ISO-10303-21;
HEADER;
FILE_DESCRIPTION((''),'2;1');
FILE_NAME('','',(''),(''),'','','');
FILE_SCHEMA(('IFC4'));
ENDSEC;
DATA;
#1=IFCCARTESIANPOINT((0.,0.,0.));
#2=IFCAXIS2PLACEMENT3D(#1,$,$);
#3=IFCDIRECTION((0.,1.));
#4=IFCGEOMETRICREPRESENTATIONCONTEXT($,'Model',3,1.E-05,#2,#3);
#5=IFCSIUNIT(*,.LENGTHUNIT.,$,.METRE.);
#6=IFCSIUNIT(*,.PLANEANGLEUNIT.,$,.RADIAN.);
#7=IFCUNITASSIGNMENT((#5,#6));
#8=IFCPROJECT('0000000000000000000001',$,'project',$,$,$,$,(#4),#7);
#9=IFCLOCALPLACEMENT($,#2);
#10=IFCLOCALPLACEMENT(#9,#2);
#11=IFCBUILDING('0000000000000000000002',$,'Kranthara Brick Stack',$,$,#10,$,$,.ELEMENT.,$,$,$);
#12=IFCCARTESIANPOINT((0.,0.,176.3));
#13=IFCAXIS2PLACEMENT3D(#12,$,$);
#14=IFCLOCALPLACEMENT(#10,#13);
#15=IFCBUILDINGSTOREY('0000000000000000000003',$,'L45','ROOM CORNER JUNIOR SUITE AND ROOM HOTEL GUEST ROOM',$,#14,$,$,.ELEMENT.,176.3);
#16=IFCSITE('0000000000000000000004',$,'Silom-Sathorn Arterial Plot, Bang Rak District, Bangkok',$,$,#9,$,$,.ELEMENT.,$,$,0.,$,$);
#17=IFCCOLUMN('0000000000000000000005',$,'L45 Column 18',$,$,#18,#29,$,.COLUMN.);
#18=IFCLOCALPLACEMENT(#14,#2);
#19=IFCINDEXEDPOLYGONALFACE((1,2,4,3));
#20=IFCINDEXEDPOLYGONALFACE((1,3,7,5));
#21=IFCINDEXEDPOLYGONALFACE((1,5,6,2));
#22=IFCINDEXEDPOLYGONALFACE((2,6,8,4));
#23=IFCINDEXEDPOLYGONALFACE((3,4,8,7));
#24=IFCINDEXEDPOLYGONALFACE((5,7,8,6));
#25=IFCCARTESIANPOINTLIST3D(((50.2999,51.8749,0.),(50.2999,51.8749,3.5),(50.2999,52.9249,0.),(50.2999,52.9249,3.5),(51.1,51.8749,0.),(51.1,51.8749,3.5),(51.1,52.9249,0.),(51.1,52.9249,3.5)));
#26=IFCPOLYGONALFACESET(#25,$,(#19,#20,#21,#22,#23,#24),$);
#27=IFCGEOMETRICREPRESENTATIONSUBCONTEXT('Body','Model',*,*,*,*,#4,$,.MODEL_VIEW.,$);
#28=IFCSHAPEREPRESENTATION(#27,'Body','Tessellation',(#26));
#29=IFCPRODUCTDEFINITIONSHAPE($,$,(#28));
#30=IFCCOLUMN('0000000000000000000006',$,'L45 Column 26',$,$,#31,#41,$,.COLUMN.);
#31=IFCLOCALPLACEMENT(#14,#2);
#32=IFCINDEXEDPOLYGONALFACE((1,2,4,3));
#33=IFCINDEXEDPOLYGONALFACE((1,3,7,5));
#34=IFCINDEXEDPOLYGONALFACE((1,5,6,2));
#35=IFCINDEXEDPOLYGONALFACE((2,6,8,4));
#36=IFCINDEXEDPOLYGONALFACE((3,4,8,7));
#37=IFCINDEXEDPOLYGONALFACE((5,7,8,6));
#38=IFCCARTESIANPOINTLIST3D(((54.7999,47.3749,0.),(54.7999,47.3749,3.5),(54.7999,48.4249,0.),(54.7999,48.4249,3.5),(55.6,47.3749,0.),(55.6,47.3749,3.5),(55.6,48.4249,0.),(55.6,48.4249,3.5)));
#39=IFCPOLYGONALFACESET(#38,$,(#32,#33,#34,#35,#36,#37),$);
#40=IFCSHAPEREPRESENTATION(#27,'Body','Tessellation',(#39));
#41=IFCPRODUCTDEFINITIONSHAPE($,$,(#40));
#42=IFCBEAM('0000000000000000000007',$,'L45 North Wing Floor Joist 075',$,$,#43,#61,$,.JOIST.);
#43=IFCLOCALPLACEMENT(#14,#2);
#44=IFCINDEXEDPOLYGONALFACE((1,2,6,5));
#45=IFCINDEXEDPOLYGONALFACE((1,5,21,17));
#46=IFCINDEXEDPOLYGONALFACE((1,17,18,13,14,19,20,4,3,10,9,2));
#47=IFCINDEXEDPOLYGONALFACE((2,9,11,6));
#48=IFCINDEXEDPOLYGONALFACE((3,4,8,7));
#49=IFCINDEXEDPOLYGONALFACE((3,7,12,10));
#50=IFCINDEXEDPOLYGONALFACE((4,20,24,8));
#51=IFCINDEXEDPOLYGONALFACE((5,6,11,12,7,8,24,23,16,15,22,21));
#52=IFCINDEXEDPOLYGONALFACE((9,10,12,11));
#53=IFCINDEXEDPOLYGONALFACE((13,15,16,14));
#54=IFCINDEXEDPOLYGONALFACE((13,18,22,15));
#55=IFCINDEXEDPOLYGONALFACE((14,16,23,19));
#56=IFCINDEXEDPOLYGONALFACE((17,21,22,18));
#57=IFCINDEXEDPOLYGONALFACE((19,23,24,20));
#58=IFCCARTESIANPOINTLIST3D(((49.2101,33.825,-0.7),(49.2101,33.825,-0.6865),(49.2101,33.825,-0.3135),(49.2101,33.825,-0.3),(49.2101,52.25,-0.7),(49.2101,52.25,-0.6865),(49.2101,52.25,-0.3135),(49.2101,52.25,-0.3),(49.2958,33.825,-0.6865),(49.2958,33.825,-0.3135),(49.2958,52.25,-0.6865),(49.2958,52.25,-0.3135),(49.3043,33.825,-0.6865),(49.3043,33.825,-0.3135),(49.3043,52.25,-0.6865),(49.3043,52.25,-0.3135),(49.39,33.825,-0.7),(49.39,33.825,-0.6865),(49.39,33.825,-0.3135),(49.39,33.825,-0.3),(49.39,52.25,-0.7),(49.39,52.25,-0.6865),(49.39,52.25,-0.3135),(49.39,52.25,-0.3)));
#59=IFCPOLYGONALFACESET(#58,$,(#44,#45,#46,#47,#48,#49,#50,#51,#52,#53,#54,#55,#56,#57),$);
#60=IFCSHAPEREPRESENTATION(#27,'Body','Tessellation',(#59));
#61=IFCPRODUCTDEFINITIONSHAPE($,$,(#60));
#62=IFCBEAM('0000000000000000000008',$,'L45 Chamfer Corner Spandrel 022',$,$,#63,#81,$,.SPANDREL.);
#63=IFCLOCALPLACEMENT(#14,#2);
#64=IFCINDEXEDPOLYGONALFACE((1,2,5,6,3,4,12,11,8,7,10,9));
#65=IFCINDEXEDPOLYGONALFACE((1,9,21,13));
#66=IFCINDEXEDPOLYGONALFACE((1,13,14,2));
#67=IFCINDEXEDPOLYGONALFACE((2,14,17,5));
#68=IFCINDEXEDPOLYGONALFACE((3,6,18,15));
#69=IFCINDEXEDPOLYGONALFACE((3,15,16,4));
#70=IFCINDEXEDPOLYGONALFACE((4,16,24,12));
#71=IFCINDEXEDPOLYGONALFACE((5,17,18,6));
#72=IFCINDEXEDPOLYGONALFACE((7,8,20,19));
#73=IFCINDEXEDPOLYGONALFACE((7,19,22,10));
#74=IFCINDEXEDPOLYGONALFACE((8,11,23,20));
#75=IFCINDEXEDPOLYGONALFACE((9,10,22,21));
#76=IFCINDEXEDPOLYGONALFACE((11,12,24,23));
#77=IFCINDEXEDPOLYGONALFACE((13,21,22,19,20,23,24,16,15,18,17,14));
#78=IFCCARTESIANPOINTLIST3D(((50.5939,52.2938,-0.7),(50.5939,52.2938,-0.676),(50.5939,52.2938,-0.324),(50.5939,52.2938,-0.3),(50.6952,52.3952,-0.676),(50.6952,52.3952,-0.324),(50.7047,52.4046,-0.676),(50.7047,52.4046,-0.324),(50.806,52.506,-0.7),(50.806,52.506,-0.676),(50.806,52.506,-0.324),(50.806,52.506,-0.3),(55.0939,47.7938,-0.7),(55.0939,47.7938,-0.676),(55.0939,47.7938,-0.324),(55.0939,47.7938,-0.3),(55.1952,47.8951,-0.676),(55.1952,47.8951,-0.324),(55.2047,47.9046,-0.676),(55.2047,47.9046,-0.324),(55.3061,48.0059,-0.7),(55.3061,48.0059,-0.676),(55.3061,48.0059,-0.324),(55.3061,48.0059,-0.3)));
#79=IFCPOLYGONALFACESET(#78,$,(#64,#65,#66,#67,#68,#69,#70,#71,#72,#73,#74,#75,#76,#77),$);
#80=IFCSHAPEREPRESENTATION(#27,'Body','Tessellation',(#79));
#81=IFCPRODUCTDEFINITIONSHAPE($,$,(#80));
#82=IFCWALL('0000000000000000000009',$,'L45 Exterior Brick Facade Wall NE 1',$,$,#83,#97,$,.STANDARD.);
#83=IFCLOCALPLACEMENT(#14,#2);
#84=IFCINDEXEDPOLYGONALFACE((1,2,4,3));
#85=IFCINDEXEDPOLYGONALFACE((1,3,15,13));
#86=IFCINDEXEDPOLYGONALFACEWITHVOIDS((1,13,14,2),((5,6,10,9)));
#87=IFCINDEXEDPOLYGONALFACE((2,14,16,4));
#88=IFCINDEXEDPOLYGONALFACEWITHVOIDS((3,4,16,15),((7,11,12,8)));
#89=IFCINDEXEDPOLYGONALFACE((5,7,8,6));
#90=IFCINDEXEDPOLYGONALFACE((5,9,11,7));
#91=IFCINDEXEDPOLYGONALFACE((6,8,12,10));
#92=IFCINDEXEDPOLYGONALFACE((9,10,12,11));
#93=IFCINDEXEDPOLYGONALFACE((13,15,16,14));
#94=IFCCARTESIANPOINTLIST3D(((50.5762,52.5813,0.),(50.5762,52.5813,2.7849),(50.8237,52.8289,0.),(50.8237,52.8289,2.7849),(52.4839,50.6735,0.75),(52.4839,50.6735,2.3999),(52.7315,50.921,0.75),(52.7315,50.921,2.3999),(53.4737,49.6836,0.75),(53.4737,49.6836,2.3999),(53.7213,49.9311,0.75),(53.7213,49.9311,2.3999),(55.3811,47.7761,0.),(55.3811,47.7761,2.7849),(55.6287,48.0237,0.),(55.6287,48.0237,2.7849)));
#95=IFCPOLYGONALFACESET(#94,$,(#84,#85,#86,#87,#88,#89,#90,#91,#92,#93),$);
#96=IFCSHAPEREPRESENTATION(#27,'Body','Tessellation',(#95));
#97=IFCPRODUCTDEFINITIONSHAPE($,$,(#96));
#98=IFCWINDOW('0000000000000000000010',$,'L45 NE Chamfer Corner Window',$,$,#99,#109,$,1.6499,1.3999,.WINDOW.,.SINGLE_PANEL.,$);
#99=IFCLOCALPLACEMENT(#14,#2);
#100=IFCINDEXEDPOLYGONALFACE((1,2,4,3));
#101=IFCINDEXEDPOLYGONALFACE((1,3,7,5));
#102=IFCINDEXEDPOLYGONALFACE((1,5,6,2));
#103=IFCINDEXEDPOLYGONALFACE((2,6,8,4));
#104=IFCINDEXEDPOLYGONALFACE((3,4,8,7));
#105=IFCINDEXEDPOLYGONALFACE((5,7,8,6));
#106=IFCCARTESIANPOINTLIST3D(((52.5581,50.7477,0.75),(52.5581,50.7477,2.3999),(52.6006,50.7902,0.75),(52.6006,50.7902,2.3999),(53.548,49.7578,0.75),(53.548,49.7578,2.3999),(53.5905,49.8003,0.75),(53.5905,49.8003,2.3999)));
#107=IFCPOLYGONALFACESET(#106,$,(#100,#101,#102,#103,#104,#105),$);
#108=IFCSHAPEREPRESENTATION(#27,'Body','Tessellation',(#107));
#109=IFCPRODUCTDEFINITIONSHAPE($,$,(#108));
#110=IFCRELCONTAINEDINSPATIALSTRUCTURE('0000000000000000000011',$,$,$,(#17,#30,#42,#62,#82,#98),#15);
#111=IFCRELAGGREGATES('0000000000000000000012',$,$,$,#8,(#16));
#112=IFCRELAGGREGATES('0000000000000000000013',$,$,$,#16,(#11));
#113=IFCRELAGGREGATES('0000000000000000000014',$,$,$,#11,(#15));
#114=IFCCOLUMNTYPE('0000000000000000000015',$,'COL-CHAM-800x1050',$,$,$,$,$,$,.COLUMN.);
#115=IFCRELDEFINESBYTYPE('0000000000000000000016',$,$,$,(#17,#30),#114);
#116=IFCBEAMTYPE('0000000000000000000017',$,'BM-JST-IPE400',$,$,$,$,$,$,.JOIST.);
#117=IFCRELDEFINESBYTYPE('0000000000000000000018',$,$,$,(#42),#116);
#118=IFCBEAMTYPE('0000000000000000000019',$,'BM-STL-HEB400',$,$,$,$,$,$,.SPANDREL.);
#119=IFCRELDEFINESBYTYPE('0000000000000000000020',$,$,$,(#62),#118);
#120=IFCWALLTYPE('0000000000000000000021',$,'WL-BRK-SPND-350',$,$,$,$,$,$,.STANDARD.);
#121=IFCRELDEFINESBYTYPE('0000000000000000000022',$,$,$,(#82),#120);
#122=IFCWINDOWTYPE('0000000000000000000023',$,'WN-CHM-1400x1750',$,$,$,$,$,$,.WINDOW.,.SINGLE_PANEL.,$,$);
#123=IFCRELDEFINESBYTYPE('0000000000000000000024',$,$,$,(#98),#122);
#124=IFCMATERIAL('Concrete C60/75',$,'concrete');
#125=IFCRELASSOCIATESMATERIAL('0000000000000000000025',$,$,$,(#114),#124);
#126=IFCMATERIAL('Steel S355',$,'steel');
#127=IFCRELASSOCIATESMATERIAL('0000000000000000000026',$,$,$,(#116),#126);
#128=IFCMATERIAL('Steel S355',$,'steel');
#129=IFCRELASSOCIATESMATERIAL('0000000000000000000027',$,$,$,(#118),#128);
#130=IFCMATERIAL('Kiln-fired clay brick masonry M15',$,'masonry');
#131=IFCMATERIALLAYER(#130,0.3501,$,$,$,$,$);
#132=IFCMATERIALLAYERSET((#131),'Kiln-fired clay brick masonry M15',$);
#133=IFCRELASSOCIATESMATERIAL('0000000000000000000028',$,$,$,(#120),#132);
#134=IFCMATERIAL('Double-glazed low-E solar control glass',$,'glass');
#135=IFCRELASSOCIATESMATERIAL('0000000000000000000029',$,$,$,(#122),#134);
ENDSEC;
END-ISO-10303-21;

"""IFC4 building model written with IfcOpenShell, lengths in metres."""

from ifc_helpers import new_model, si_unit, direction, frame, frame_2d, origin, origin_2d, place, context, subcontext, project, spatial, rectangle, i_section, extrude, material, layer, layer_set, material_profile, profile_set, type_object, element, fill, save


model = new_model("IFC4")

# Units and contexts
model_context = context("Model", 3, precision=1e-05, world=origin(), true_north=direction((0.0, 1.0)))
body_context = subcontext(model_context, "Body", "Model", "MODEL_VIEW")
ifc_project = project(units=[si_unit("LENGTHUNIT", "METRE"), si_unit("PLANEANGLEUNIT", "RADIAN")], contexts=[model_context])

# Site, building, storey
site_placement = place(None, origin())
site = spatial("IfcSite", under=ifc_project, at=site_placement, Name="Silom-Sathorn Arterial Plot, Bang Rak District, Bangkok", CompositionType="ELEMENT", RefElevation=0.0)
building_placement = place(site_placement, origin())
building = spatial("IfcBuilding", under=site, at=building_placement, Name="Kranthara Brick Stack", CompositionType="ELEMENT")
storey_placement = place(building_placement, frame((0.0, 0.0, 176.3)))
storey = spatial("IfcBuildingStorey", under=building, at=storey_placement, Name="L45", Description="ROOM CORNER JUNIOR SUITE AND ROOM HOTEL GUEST ROOM", CompositionType="ELEMENT", Elevation=176.3)

# Columns
ifc_material_1 = material(Name="Concrete C60/75", Category="concrete")
ifc_material_profile_1 = material_profile(ifc_material_1, rectangle(XDim=0.8, YDim=1.05, at=origin_2d()), Name="RC 800x1050")
ifc_profile_set_1 = profile_set([ifc_material_profile_1], Name="Concrete C60/75")
column_type = type_object("IfcColumnType", Name="COL-CHAM-800x1050", PredefinedType="COLUMN", material=ifc_profile_set_1)
for number, where, z_axis, x_axis, name in (
    (1, (50.7, 52.3999, 0.0), (0.0, 0.0, 1.0), (1.0, 0.0, 0.0), "L45 Column 18"),
    (2, (55.2, 47.8999, 0.0), (0.0, 0.0, 1.0), (1.0, 0.0, 0.0), "L45 Column 26"),
):
    element("IfcColumn", number, at=place(storey_placement, frame(where, z_axis=z_axis, x_axis=x_axis)), inside=storey, type_object=column_type, Name=name, PredefinedType="COLUMN", context=body_context, shape_type="SweptSolid", body=[
        extrude(rectangle(XDim=0.8, YDim=1.05, at=origin_2d()), origin(), (0.0, 0.0, 1.0), 3.5),
    ])

# Beams
ifc_material_2 = material(Name="Steel S355", Category="steel")
ifc_material_profile_2 = material_profile(ifc_material_2, i_section(OverallWidth=0.1799, OverallDepth=0.3999, WebThickness=0.0085, FlangeThickness=0.0134, at=origin_2d()), Name="IPE 400")
ifc_profile_set_2 = profile_set([ifc_material_profile_2], Name="Steel S355")
beam_type_1 = type_object("IfcBeamType", Name="BM-JST-IPE400", PredefinedType="JOIST", material=ifc_profile_set_2)
beam_1_placement = place(storey_placement, frame((49.3, 33.825, -0.5), z_axis=(0.0, 1.0, 0.0), x_axis=(-1.0, 0.0, 0.0)))
element("IfcBeam", 3, at=beam_1_placement, inside=storey, type_object=beam_type_1, Name="L45 North Wing Floor Joist 075", PredefinedType="JOIST", context=body_context, shape_type="SweptSolid", body=[
    extrude(i_section(OverallWidth=0.1799, OverallDepth=0.3999, WebThickness=0.0085, FlangeThickness=0.0134, at=origin_2d()), origin(), (0.0, 0.0, 1.0), 18.425),
])
ifc_material_3 = material(Name="Steel S355", Category="steel")
ifc_material_profile_3 = material_profile(ifc_material_3, i_section(OverallWidth=0.3, OverallDepth=0.3999, WebThickness=0.0134, FlangeThickness=0.0239, at=origin_2d()), Name="HEB 400")
ifc_profile_set_3 = profile_set([ifc_material_profile_3], Name="Steel S355")
beam_type_2 = type_object("IfcBeamType", Name="BM-STL-HEB400", PredefinedType="SPANDREL", material=ifc_profile_set_3)
beam_2_placement = place(storey_placement, frame((50.7, 52.3999, -0.5), z_axis=(0.707107, -0.707107, 0.0), x_axis=(0.707107, 0.707107, 0.0)))
element("IfcBeam", 4, at=beam_2_placement, inside=storey, type_object=beam_type_2, Name="L45 Chamfer Corner Spandrel 022", PredefinedType="SPANDREL", context=body_context, shape_type="SweptSolid", body=[
    extrude(i_section(OverallWidth=0.3, OverallDepth=0.3999, WebThickness=0.0134, FlangeThickness=0.0239, at=origin_2d()), origin(), (0.0, 0.0, 1.0), 6.364),
])

# Wall, opening, window
ifc_material_4 = material(Name="Kiln-fired clay brick masonry M15", Category="masonry")
ifc_layer_1 = layer(ifc_material_4, 0.3501)
ifc_layer_set_1 = layer_set([ifc_layer_1], Name="Kiln-fired clay brick masonry M15")
wall_type_1 = type_object("IfcWallType", Name="WL-BRK-SPND-350", PredefinedType="STANDARD", material=ifc_layer_set_1)
wall_1_placement = place(storey_placement, frame((50.7, 52.7051, 0.0), z_axis=(0.0, 0.0, 1.0), x_axis=(0.707089, -0.707125, 0.0)))
wall_1 = element("IfcWall", 5, at=wall_1_placement, inside=storey, type_object=wall_type_1, Name="L45 Exterior Brick Facade Wall NE 1", PredefinedType="STANDARD", context=body_context, shape_type="SweptSolid", body=[
    extrude(rectangle(XDim=6.7954, YDim=0.3501, at=frame_2d((3.3977, 0.0))), origin(), (0.0, 0.0, 1.0), 2.7849),
])
opening_1_placement = place(wall_1_placement, frame((2.698, 0.0, 0.75)))
opening_1 = element("IfcOpeningElement", 6, at=opening_1_placement, cuts=wall_1, PredefinedType="OPENING", context=body_context, shape_type="SweptSolid", body=[
    extrude(rectangle(XDim=1.3999, YDim=1.6499, at=frame_2d((0.7, 0.825))), frame((0.0, 0.1851, 0.0), z_axis=(0.0, -1.0, 0.0), x_axis=(1.0, 0.0, 0.0)), (0.0, 0.0, 1.0), 0.3701),
])
ifc_material_5 = material(Name="Double-glazed low-E solar control glass", Category="glass")
window_type_1 = type_object("IfcWindowType", Name="WN-CHM-1400x1750", PartitioningType="SINGLE_PANEL", PredefinedType="WINDOW", material=ifc_material_5)
window_1_placement = place(opening_1_placement, origin())
window_1 = element("IfcWindow", 7, at=window_1_placement, inside=storey, type_object=window_type_1, Name="L45 NE Chamfer Corner Window", OverallHeight=1.6499, OverallWidth=1.3999, PartitioningType="SINGLE_PANEL", PredefinedType="WINDOW", context=body_context, shape_type="SweptSolid", body=[
    extrude(rectangle(XDim=1.3999, YDim=1.6499, at=frame_2d((0.7, 0.825))), frame((0.0, -0.01, 0.0), z_axis=(0.0, -1.0, 0.0), x_axis=(1.0, 0.0, 0.0)), (0.0, 0.0, 1.0), 0.0601),
])
fill(opening_1, window_1)

save(model, "model.ifc")
